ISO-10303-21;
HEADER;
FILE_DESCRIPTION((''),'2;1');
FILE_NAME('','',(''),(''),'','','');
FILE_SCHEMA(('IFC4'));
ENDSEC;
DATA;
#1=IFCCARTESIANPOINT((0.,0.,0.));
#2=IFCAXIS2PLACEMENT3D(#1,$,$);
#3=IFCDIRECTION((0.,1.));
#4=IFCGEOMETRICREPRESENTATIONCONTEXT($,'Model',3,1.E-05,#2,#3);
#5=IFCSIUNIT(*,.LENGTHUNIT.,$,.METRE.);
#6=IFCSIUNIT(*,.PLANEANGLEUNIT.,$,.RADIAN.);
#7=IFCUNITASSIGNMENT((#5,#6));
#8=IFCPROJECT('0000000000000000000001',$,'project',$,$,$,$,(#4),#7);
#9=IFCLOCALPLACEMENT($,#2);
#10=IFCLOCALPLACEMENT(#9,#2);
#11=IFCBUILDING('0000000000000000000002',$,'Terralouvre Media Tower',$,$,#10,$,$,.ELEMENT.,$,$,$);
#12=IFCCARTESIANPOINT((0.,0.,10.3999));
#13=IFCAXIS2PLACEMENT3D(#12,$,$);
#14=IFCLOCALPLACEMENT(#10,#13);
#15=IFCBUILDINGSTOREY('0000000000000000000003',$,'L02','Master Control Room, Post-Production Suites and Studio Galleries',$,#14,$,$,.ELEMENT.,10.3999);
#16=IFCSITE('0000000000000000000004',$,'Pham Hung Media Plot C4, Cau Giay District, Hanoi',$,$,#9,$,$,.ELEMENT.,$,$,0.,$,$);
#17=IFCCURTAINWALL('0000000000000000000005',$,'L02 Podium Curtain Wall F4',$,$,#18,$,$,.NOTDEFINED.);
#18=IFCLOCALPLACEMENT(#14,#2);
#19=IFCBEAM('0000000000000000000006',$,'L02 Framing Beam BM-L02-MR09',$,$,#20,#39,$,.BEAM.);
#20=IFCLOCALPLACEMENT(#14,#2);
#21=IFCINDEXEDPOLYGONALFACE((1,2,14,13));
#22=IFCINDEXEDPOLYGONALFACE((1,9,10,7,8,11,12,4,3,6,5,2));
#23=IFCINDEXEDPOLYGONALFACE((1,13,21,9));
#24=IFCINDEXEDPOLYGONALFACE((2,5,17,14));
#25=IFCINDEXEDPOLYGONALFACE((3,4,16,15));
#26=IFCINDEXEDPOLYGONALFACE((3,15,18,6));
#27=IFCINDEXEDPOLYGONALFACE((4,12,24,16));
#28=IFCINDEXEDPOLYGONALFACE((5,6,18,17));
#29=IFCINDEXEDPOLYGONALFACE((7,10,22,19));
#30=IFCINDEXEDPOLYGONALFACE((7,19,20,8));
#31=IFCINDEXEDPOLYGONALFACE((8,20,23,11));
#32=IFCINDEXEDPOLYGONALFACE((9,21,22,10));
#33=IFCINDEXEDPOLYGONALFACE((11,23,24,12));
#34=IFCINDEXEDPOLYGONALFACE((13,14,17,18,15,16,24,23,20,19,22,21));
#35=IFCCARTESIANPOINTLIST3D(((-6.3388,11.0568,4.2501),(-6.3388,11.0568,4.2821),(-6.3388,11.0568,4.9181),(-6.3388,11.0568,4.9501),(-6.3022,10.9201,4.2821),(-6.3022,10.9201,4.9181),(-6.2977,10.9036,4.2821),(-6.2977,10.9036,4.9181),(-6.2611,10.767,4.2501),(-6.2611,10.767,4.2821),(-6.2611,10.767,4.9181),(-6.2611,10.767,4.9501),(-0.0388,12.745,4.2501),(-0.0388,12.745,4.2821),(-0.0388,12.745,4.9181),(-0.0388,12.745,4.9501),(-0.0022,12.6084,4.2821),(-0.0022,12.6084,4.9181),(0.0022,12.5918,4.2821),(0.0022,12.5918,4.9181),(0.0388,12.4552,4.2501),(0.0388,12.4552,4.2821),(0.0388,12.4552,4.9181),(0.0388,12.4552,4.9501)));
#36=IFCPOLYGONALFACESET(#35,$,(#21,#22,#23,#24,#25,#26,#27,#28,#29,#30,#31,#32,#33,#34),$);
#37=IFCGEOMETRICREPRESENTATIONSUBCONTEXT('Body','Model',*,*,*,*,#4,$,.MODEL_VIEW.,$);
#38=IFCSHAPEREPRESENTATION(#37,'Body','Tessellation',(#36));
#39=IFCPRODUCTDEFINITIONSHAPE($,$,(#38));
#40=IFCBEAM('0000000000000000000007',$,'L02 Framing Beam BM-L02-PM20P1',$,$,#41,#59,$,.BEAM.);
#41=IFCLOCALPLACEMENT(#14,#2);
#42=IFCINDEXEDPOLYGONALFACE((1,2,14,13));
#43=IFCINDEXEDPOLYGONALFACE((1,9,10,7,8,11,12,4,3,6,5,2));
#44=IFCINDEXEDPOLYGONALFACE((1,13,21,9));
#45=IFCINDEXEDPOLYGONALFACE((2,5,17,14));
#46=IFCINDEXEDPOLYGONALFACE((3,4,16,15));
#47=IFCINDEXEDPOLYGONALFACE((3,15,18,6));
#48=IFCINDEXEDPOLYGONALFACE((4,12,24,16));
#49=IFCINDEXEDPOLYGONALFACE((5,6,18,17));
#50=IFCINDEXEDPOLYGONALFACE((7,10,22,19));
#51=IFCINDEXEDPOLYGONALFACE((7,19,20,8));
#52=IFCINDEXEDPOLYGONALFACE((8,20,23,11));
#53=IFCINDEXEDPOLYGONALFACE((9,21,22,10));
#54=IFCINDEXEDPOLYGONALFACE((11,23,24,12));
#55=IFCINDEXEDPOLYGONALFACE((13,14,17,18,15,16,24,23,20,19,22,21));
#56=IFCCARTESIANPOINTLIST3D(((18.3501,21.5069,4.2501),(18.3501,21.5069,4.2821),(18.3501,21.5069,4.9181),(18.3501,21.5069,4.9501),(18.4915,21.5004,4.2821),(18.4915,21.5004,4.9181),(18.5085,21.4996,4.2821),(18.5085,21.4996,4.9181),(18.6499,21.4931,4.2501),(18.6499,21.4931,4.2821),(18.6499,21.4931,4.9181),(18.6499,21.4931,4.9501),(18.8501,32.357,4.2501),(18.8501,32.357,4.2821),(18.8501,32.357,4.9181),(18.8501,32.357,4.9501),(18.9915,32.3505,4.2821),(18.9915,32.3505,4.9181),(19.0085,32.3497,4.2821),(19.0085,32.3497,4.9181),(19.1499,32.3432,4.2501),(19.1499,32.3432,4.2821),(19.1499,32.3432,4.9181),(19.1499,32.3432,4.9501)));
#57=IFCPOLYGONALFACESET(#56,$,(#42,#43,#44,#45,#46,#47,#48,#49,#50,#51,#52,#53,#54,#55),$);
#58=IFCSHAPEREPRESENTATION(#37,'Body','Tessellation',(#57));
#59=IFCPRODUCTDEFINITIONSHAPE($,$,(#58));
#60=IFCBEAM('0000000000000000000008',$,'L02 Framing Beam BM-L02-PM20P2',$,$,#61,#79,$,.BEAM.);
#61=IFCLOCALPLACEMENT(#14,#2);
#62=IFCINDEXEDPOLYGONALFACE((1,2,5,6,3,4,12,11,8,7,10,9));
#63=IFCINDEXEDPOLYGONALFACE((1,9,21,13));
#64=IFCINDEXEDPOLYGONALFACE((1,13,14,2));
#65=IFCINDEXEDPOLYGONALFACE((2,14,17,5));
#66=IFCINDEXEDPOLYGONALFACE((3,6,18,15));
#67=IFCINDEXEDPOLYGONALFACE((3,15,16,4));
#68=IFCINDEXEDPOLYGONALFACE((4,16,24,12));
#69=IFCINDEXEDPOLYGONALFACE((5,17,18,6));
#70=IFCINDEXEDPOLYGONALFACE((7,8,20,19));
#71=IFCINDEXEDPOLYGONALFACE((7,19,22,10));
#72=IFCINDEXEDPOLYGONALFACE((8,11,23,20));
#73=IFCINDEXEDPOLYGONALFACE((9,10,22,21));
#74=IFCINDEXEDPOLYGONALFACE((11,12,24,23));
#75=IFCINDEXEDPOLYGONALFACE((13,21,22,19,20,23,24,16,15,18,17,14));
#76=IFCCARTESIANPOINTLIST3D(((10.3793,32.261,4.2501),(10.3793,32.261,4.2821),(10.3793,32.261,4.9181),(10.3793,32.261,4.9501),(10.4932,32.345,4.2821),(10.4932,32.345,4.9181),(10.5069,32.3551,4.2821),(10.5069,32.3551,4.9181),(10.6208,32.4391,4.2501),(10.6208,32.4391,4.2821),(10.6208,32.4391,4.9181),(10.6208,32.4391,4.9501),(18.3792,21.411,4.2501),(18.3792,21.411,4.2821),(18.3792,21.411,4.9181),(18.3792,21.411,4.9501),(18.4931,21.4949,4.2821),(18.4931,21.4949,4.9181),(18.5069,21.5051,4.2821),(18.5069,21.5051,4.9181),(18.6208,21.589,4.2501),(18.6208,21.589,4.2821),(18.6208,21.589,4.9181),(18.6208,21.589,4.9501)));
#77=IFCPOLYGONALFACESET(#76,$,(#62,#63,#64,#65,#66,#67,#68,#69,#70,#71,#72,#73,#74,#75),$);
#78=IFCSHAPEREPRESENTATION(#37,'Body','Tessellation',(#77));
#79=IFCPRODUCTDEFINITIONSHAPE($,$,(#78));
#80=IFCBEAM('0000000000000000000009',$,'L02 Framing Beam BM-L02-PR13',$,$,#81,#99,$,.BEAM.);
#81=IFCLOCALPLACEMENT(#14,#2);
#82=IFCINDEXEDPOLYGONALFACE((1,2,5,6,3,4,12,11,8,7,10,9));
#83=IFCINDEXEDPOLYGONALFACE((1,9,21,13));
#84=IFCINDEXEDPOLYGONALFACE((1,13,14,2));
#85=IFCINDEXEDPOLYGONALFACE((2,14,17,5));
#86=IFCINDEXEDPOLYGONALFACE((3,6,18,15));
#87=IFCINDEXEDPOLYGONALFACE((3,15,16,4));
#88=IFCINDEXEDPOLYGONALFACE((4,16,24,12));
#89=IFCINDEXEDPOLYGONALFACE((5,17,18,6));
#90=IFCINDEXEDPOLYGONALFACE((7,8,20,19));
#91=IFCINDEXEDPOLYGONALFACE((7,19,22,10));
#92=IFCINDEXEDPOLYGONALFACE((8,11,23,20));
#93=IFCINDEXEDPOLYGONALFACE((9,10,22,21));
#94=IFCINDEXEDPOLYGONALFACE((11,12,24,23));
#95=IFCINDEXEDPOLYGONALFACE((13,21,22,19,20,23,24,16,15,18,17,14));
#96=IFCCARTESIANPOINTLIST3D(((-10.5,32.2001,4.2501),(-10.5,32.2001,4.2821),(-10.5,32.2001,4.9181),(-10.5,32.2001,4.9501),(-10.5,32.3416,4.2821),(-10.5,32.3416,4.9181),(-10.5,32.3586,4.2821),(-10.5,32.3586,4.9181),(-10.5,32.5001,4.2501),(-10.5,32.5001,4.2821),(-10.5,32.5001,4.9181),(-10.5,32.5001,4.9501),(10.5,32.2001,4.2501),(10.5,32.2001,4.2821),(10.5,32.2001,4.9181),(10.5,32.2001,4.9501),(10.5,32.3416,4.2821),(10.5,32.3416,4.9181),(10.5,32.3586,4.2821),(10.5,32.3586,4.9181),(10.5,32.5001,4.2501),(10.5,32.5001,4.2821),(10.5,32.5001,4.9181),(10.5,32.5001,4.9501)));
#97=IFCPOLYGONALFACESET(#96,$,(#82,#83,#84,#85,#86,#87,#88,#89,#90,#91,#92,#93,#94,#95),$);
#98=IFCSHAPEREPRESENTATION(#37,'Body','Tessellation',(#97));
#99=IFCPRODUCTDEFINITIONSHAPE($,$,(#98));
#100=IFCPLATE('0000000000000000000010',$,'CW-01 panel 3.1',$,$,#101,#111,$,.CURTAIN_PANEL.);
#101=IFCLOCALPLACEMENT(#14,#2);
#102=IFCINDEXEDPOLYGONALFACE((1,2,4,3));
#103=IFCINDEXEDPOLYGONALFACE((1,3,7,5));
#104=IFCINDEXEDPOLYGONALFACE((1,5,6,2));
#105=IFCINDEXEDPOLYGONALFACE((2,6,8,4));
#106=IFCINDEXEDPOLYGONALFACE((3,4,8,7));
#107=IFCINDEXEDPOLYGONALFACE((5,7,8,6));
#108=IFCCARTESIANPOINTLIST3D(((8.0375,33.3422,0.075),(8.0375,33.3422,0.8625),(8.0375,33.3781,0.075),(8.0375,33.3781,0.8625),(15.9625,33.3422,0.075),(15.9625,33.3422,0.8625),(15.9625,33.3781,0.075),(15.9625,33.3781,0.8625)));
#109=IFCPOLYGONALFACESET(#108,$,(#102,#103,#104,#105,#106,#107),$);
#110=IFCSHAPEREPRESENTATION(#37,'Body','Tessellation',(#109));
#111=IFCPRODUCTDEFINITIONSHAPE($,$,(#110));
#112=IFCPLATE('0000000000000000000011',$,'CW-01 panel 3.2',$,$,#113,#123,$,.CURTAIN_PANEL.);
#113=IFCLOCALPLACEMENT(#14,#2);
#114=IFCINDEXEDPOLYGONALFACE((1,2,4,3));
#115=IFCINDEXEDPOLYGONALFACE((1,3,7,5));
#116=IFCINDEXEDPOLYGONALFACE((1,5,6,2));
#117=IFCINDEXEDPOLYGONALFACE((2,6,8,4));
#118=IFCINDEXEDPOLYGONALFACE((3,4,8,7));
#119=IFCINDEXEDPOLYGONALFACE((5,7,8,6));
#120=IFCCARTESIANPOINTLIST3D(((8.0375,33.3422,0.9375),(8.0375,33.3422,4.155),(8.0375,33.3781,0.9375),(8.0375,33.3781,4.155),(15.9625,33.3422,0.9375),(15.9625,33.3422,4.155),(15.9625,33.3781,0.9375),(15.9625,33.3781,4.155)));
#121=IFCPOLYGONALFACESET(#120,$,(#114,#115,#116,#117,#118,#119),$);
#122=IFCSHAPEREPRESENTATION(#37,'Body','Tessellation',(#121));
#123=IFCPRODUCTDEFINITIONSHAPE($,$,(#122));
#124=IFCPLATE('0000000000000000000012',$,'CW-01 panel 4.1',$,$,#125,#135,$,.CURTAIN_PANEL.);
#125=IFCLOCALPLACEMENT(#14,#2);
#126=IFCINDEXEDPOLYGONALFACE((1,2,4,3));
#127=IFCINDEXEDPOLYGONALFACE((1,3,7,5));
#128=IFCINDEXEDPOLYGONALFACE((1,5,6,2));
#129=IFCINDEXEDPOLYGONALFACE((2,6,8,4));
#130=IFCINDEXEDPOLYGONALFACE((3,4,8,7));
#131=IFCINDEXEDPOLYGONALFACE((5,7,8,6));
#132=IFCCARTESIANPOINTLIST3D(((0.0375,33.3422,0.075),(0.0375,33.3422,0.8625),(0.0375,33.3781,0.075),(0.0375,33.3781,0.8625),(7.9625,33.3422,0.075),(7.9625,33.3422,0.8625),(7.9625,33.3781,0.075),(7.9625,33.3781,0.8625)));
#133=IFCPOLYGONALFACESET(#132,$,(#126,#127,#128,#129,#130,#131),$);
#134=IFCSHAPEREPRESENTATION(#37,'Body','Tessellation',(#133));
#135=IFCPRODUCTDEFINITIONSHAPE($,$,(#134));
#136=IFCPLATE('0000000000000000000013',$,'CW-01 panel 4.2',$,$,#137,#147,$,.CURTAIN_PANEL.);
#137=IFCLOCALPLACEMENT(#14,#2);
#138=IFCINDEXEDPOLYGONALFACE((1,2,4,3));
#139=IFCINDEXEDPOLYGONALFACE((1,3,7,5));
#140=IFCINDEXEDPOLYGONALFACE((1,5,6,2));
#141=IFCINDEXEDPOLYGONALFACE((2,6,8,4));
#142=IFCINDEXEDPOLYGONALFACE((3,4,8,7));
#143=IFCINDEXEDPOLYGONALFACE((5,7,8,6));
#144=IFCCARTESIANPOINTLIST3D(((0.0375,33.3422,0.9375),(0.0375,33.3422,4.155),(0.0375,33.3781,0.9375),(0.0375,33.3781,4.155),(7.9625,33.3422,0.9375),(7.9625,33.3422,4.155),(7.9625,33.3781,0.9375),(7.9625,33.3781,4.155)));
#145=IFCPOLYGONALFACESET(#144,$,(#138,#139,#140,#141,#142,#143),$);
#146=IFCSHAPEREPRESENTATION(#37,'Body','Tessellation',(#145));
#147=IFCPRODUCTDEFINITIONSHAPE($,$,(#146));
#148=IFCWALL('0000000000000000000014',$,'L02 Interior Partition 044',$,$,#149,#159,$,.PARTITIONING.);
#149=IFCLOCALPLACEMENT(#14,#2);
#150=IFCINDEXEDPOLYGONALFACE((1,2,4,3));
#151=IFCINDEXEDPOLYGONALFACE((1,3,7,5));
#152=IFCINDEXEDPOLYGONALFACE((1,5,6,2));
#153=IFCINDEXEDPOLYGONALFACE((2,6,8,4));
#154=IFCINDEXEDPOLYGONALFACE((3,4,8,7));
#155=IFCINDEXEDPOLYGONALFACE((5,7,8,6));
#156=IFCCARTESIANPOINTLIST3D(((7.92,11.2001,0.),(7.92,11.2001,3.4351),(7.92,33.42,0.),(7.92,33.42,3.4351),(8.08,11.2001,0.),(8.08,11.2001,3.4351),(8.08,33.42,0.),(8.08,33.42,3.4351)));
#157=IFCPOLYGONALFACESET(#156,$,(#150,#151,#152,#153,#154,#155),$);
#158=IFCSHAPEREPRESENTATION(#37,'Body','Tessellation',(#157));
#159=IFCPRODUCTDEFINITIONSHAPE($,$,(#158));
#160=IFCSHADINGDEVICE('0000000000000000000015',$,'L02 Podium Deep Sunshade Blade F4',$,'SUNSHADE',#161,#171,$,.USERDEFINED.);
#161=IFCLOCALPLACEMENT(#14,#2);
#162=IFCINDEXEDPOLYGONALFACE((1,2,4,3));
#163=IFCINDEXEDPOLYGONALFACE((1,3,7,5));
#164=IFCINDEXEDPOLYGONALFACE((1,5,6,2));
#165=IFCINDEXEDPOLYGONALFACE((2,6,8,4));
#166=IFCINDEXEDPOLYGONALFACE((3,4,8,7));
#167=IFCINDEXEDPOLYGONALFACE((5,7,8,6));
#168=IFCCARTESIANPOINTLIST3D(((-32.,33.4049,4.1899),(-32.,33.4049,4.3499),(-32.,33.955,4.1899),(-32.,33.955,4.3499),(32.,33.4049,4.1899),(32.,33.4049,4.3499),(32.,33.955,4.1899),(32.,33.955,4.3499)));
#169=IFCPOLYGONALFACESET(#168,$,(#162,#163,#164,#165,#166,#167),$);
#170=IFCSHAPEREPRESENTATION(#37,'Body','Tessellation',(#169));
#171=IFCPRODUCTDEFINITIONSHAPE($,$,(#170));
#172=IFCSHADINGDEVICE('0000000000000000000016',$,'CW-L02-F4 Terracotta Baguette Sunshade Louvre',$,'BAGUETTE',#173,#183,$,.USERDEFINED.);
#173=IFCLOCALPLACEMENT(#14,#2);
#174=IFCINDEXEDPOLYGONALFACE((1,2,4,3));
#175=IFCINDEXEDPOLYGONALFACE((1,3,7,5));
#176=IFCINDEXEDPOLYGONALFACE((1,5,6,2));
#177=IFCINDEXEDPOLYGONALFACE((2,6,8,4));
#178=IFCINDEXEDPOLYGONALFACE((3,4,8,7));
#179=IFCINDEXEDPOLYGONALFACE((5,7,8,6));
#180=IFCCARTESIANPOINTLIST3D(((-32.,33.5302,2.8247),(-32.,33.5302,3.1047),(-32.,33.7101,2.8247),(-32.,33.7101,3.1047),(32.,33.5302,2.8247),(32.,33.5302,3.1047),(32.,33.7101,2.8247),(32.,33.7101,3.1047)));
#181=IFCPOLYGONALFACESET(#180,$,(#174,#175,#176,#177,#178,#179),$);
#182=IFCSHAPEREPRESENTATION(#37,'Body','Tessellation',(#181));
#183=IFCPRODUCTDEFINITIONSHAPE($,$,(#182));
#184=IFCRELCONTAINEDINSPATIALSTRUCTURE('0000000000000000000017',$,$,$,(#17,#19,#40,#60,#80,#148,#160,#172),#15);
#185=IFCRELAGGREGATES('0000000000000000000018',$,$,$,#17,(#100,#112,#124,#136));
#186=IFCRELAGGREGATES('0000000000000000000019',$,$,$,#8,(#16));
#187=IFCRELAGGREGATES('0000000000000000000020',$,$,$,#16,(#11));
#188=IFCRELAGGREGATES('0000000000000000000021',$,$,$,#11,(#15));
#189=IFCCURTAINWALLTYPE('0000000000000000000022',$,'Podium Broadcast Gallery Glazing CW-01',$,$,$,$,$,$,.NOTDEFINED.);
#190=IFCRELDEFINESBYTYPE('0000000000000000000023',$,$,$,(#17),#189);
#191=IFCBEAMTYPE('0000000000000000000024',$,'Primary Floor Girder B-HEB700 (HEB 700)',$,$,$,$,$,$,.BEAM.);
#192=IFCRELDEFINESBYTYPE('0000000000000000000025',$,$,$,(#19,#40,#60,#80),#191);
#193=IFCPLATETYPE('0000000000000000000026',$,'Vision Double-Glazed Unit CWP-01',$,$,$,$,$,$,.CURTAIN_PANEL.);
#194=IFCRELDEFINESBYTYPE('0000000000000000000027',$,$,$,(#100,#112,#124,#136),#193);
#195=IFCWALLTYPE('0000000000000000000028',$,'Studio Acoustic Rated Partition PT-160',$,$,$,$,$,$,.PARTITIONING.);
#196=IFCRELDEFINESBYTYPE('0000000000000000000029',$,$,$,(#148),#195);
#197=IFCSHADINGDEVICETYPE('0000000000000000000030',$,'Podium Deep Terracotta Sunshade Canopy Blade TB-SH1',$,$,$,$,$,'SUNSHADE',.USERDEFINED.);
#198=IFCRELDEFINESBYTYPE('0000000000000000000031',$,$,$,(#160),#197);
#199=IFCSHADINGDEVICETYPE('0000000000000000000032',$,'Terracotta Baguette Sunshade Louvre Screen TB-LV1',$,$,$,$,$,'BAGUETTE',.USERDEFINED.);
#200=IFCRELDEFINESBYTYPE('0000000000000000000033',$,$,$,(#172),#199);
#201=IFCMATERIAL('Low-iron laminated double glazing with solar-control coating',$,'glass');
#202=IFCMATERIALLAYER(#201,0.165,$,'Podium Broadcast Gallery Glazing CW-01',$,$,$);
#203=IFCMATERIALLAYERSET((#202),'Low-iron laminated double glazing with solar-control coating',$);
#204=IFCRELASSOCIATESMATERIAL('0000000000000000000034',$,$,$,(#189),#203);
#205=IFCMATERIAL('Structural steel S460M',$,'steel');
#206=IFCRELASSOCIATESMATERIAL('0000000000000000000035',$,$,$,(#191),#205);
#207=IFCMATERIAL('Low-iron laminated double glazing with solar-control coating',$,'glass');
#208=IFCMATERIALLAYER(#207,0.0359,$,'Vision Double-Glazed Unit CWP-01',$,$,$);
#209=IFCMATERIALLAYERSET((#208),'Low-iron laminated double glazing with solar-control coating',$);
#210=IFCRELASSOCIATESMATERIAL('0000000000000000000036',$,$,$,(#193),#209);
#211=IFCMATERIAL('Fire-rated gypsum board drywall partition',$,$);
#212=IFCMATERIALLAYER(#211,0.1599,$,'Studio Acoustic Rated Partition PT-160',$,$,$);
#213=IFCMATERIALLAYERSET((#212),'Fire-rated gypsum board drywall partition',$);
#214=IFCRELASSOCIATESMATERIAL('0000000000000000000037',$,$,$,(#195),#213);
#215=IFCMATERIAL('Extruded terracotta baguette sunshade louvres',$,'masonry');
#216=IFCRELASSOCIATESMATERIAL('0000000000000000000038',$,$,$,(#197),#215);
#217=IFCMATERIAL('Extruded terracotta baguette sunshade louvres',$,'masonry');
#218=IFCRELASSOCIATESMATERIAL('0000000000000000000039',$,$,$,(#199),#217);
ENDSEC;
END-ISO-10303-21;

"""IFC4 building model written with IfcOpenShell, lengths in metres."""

from ifc_helpers import new_model, si_unit, direction, frame, frame_2d, origin, origin_2d, place, context, subcontext, project, spatial, rectangle, i_section, extrude, material, layer, layer_set, material_profile, profile_set, type_object, element, aggregate, save


model = new_model("IFC4")

# Units and contexts
model_context = context("Model", 3, precision=1e-05, world=origin(), true_north=direction((0.0, 1.0)))
body_context = subcontext(model_context, "Body", "Model", "MODEL_VIEW")
ifc_project = project(units=[si_unit("LENGTHUNIT", "METRE"), si_unit("PLANEANGLEUNIT", "RADIAN")], contexts=[model_context])

# Site, building, storey
site_placement = place(None, origin())
site = spatial("IfcSite", under=ifc_project, at=site_placement, Name="Pham Hung Media Plot C4, Cau Giay District, Hanoi", CompositionType="ELEMENT", RefElevation=0.0)
building_placement = place(site_placement, origin())
building = spatial("IfcBuilding", under=site, at=building_placement, Name="Terralouvre Media Tower", CompositionType="ELEMENT")
storey_placement = place(building_placement, frame((0.0, 0.0, 10.3999)))
storey = spatial("IfcBuildingStorey", under=building, at=storey_placement, Name="L02", Description="Master Control Room, Post-Production Suites and Studio Galleries", CompositionType="ELEMENT", Elevation=10.3999)

# Curtain wall
ifc_material_1 = material(Name="Low-iron laminated double glazing with solar-control coating", Category="glass")
ifc_layer_1 = layer(ifc_material_1, 0.165, Name="Podium Broadcast Gallery Glazing CW-01")
ifc_layer_set_1 = layer_set([ifc_layer_1], Name="Low-iron laminated double glazing with solar-control coating")
curtain_wall_type = type_object("IfcCurtainWallType", Name="Podium Broadcast Gallery Glazing CW-01", PredefinedType="NOTDEFINED", material=ifc_layer_set_1)
curtain_wall_placement = place(storey_placement, origin())
curtain_wall = element("IfcCurtainWall", 1, at=curtain_wall_placement, inside=storey, type_object=curtain_wall_type, Name="L02 Podium Curtain Wall F4", PredefinedType="NOTDEFINED")

# Beams
ifc_material_2 = material(Name="Structural steel S460M", Category="steel")
ifc_material_profile_1 = material_profile(ifc_material_2, i_section(OverallWidth=0.3, OverallDepth=0.7, WebThickness=0.0171, FlangeThickness=0.032, at=origin_2d()), Name="HEB 700")
ifc_profile_set_1 = profile_set([ifc_material_profile_1], Name="Structural steel S460M")
beam_type = type_object("IfcBeamType", Name="Primary Floor Girder B-HEB700 (HEB 700)", PredefinedType="BEAM", material=ifc_profile_set_1)
beam_1_placement = place(storey_placement, frame((0.0, 12.6001, 4.6001), z_axis=(-0.96592, -0.258839, 0.0), x_axis=(0.258839, -0.96592, 0.0)))
element("IfcBeam", 2, at=beam_1_placement, inside=storey, type_object=beam_type, Name="L02 Framing Beam BM-L02-MR09", PredefinedType="BEAM", context=body_context, shape_type="SweptSolid", body=[
    extrude(i_section(OverallWidth=0.3, OverallDepth=0.7, WebThickness=0.0171, FlangeThickness=0.032, at=origin_2d()), origin(), (0.0, 0.0, 1.0), 6.5222),
])
beam_2_placement = place(storey_placement, frame((18.5, 21.5, 4.6001), z_axis=(0.046034, 0.99894, 0.0), x_axis=(-0.99894, 0.046034, 0.0)))
element("IfcBeam", 3, at=beam_2_placement, inside=storey, type_object=beam_type, Name="L02 Framing Beam BM-L02-PM20P1", PredefinedType="BEAM", context=body_context, shape_type="SweptSolid", body=[
    extrude(i_section(OverallWidth=0.3, OverallDepth=0.7, WebThickness=0.0171, FlangeThickness=0.032, at=origin_2d()), origin(), (0.0, 0.0, 1.0), 10.8616),
])
beam_3_placement = place(storey_placement, frame((18.5, 21.5, 4.6001), z_axis=(-0.593449, 0.804872, 0.0), x_axis=(-0.804872, -0.593449, 0.0)))
element("IfcBeam", 4, at=beam_3_placement, inside=storey, type_object=beam_type, Name="L02 Framing Beam BM-L02-PM20P2", PredefinedType="BEAM", context=body_context, shape_type="SweptSolid", body=[
    extrude(i_section(OverallWidth=0.3, OverallDepth=0.7, WebThickness=0.0171, FlangeThickness=0.032, at=origin_2d()), origin(), (0.0, 0.0, 1.0), 13.4805),
])
beam_4_placement = place(storey_placement, frame((10.5, 32.3501, 4.6001), z_axis=(-1.0, 0.0, 0.0), x_axis=(0.0, -1.0, 0.0)))
element("IfcBeam", 5, at=beam_4_placement, inside=storey, type_object=beam_type, Name="L02 Framing Beam BM-L02-PR13", PredefinedType="BEAM", context=body_context, shape_type="SweptSolid", body=[
    extrude(i_section(OverallWidth=0.3, OverallDepth=0.7, WebThickness=0.0171, FlangeThickness=0.032, at=origin_2d()), origin(), (0.0, 0.0, 1.0), 21.0),
])

# Plates
ifc_material_3 = material(Name="Low-iron laminated double glazing with solar-control coating", Category="glass")
ifc_layer_2 = layer(ifc_material_3, 0.0359, Name="Vision Double-Glazed Unit CWP-01")
ifc_layer_set_2 = layer_set([ifc_layer_2], Name="Low-iron laminated double glazing with solar-control coating")
plate_type = type_object("IfcPlateType", Name="Vision Double-Glazed Unit CWP-01", PredefinedType="CURTAIN_PANEL", material=ifc_layer_set_2)
plate_1_placement = place(storey_placement, frame((12.0, 33.3601, 0.075), z_axis=(0.0, 0.0, 1.0), x_axis=(-1.0, 0.0, 0.0)))
plate_1 = element("IfcPlate", 6, at=plate_1_placement, type_object=plate_type, Name="CW-01 panel 3.1", PredefinedType="CURTAIN_PANEL", context=body_context, shape_type="SweptSolid", body=[
    extrude(rectangle(XDim=7.925, YDim=0.0359, at=origin_2d()), origin(), (0.0, 0.0, 1.0), 0.7876),
])
plate_2_placement = place(storey_placement, frame((12.0, 33.3601, 0.9375), z_axis=(0.0, 0.0, 1.0), x_axis=(-1.0, 0.0, 0.0)))
plate_2 = element("IfcPlate", 7, at=plate_2_placement, type_object=plate_type, Name="CW-01 panel 3.2", PredefinedType="CURTAIN_PANEL", context=body_context, shape_type="SweptSolid", body=[
    extrude(rectangle(XDim=7.925, YDim=0.0359, at=origin_2d()), origin(), (0.0, 0.0, 1.0), 3.2175),
])
plate_3_placement = place(storey_placement, frame((4.0, 33.3601, 0.075), z_axis=(0.0, 0.0, 1.0), x_axis=(-1.0, 0.0, 0.0)))
plate_3 = element("IfcPlate", 8, at=plate_3_placement, type_object=plate_type, Name="CW-01 panel 4.1", PredefinedType="CURTAIN_PANEL", context=body_context, shape_type="SweptSolid", body=[
    extrude(rectangle(XDim=7.925, YDim=0.0359, at=origin_2d()), origin(), (0.0, 0.0, 1.0), 0.7876),
])
plate_4_placement = place(storey_placement, frame((4.0, 33.3601, 0.9375), z_axis=(0.0, 0.0, 1.0), x_axis=(-1.0, 0.0, 0.0)))
plate_4 = element("IfcPlate", 9, at=plate_4_placement, type_object=plate_type, Name="CW-01 panel 4.2", PredefinedType="CURTAIN_PANEL", context=body_context, shape_type="SweptSolid", body=[
    extrude(rectangle(XDim=7.925, YDim=0.0359, at=origin_2d()), origin(), (0.0, 0.0, 1.0), 3.2175),
])
aggregate(curtain_wall, [plate_1, plate_2, plate_3, plate_4])

# Wall
ifc_material_4 = material(Name="Fire-rated gypsum board drywall partition")
ifc_layer_3 = layer(ifc_material_4, 0.1599, Name="Studio Acoustic Rated Partition PT-160")
ifc_layer_set_3 = layer_set([ifc_layer_3], Name="Fire-rated gypsum board drywall partition")
wall_type = type_object("IfcWallType", Name="Studio Acoustic Rated Partition PT-160", PredefinedType="PARTITIONING", material=ifc_layer_set_3)
wall_placement = place(storey_placement, frame((8.0, 33.4199, 0.0), z_axis=(0.0, 0.0, 1.0), x_axis=(0.0, -1.0, 0.0)))
element("IfcWall", 10, at=wall_placement, inside=storey, type_object=wall_type, Name="L02 Interior Partition 044", PredefinedType="PARTITIONING", context=body_context, shape_type="SweptSolid", body=[
    extrude(rectangle(XDim=22.22, YDim=0.1599, at=frame_2d((11.1099, 0.0))), origin(), (0.0, 0.0, 1.0), 3.4351),
])

# Shading devices
ifc_material_5 = material(Name="Extruded terracotta baguette sunshade louvres", Category="masonry")
shading_device_type_1 = type_object("IfcShadingDeviceType", Name="Podium Deep Terracotta Sunshade Canopy Blade TB-SH1", ElementType="SUNSHADE", PredefinedType="USERDEFINED", material=ifc_material_5)
shading_device_1_placement = place(storey_placement, frame((0.0, 33.6799, 4.1899), z_axis=(0.0, 0.0, 1.0), x_axis=(-1.0, 0.0, 0.0)))
element("IfcShadingDevice", 11, at=shading_device_1_placement, inside=storey, type_object=shading_device_type_1, Name="L02 Podium Deep Sunshade Blade F4", ObjectType="SUNSHADE", PredefinedType="USERDEFINED", context=body_context, shape_type="SweptSolid", body=[
    extrude(rectangle(XDim=64.0, YDim=0.55, at=origin_2d()), origin(), (0.0, 0.0, 1.0), 0.1599),
])
ifc_material_6 = material(Name="Extruded terracotta baguette sunshade louvres", Category="masonry")
shading_device_type_2 = type_object("IfcShadingDeviceType", Name="Terracotta Baguette Sunshade Louvre Screen TB-LV1", ElementType="BAGUETTE", PredefinedType="USERDEFINED", material=ifc_material_6)
shading_device_2_placement = place(storey_placement, frame((0.0, 33.6201, 2.8247), z_axis=(0.0, 0.0, 1.0), x_axis=(-1.0, 0.0, 0.0)))
element("IfcShadingDevice", 12, at=shading_device_2_placement, inside=storey, type_object=shading_device_type_2, Name="CW-L02-F4 Terracotta Baguette Sunshade Louvre", ObjectType="BAGUETTE", PredefinedType="USERDEFINED", context=body_context, shape_type="SweptSolid", body=[
    extrude(rectangle(XDim=64.0, YDim=0.1799, at=origin_2d()), origin(), (0.0, 0.0, 1.0), 0.28),
])

save(model, "model.ifc")
